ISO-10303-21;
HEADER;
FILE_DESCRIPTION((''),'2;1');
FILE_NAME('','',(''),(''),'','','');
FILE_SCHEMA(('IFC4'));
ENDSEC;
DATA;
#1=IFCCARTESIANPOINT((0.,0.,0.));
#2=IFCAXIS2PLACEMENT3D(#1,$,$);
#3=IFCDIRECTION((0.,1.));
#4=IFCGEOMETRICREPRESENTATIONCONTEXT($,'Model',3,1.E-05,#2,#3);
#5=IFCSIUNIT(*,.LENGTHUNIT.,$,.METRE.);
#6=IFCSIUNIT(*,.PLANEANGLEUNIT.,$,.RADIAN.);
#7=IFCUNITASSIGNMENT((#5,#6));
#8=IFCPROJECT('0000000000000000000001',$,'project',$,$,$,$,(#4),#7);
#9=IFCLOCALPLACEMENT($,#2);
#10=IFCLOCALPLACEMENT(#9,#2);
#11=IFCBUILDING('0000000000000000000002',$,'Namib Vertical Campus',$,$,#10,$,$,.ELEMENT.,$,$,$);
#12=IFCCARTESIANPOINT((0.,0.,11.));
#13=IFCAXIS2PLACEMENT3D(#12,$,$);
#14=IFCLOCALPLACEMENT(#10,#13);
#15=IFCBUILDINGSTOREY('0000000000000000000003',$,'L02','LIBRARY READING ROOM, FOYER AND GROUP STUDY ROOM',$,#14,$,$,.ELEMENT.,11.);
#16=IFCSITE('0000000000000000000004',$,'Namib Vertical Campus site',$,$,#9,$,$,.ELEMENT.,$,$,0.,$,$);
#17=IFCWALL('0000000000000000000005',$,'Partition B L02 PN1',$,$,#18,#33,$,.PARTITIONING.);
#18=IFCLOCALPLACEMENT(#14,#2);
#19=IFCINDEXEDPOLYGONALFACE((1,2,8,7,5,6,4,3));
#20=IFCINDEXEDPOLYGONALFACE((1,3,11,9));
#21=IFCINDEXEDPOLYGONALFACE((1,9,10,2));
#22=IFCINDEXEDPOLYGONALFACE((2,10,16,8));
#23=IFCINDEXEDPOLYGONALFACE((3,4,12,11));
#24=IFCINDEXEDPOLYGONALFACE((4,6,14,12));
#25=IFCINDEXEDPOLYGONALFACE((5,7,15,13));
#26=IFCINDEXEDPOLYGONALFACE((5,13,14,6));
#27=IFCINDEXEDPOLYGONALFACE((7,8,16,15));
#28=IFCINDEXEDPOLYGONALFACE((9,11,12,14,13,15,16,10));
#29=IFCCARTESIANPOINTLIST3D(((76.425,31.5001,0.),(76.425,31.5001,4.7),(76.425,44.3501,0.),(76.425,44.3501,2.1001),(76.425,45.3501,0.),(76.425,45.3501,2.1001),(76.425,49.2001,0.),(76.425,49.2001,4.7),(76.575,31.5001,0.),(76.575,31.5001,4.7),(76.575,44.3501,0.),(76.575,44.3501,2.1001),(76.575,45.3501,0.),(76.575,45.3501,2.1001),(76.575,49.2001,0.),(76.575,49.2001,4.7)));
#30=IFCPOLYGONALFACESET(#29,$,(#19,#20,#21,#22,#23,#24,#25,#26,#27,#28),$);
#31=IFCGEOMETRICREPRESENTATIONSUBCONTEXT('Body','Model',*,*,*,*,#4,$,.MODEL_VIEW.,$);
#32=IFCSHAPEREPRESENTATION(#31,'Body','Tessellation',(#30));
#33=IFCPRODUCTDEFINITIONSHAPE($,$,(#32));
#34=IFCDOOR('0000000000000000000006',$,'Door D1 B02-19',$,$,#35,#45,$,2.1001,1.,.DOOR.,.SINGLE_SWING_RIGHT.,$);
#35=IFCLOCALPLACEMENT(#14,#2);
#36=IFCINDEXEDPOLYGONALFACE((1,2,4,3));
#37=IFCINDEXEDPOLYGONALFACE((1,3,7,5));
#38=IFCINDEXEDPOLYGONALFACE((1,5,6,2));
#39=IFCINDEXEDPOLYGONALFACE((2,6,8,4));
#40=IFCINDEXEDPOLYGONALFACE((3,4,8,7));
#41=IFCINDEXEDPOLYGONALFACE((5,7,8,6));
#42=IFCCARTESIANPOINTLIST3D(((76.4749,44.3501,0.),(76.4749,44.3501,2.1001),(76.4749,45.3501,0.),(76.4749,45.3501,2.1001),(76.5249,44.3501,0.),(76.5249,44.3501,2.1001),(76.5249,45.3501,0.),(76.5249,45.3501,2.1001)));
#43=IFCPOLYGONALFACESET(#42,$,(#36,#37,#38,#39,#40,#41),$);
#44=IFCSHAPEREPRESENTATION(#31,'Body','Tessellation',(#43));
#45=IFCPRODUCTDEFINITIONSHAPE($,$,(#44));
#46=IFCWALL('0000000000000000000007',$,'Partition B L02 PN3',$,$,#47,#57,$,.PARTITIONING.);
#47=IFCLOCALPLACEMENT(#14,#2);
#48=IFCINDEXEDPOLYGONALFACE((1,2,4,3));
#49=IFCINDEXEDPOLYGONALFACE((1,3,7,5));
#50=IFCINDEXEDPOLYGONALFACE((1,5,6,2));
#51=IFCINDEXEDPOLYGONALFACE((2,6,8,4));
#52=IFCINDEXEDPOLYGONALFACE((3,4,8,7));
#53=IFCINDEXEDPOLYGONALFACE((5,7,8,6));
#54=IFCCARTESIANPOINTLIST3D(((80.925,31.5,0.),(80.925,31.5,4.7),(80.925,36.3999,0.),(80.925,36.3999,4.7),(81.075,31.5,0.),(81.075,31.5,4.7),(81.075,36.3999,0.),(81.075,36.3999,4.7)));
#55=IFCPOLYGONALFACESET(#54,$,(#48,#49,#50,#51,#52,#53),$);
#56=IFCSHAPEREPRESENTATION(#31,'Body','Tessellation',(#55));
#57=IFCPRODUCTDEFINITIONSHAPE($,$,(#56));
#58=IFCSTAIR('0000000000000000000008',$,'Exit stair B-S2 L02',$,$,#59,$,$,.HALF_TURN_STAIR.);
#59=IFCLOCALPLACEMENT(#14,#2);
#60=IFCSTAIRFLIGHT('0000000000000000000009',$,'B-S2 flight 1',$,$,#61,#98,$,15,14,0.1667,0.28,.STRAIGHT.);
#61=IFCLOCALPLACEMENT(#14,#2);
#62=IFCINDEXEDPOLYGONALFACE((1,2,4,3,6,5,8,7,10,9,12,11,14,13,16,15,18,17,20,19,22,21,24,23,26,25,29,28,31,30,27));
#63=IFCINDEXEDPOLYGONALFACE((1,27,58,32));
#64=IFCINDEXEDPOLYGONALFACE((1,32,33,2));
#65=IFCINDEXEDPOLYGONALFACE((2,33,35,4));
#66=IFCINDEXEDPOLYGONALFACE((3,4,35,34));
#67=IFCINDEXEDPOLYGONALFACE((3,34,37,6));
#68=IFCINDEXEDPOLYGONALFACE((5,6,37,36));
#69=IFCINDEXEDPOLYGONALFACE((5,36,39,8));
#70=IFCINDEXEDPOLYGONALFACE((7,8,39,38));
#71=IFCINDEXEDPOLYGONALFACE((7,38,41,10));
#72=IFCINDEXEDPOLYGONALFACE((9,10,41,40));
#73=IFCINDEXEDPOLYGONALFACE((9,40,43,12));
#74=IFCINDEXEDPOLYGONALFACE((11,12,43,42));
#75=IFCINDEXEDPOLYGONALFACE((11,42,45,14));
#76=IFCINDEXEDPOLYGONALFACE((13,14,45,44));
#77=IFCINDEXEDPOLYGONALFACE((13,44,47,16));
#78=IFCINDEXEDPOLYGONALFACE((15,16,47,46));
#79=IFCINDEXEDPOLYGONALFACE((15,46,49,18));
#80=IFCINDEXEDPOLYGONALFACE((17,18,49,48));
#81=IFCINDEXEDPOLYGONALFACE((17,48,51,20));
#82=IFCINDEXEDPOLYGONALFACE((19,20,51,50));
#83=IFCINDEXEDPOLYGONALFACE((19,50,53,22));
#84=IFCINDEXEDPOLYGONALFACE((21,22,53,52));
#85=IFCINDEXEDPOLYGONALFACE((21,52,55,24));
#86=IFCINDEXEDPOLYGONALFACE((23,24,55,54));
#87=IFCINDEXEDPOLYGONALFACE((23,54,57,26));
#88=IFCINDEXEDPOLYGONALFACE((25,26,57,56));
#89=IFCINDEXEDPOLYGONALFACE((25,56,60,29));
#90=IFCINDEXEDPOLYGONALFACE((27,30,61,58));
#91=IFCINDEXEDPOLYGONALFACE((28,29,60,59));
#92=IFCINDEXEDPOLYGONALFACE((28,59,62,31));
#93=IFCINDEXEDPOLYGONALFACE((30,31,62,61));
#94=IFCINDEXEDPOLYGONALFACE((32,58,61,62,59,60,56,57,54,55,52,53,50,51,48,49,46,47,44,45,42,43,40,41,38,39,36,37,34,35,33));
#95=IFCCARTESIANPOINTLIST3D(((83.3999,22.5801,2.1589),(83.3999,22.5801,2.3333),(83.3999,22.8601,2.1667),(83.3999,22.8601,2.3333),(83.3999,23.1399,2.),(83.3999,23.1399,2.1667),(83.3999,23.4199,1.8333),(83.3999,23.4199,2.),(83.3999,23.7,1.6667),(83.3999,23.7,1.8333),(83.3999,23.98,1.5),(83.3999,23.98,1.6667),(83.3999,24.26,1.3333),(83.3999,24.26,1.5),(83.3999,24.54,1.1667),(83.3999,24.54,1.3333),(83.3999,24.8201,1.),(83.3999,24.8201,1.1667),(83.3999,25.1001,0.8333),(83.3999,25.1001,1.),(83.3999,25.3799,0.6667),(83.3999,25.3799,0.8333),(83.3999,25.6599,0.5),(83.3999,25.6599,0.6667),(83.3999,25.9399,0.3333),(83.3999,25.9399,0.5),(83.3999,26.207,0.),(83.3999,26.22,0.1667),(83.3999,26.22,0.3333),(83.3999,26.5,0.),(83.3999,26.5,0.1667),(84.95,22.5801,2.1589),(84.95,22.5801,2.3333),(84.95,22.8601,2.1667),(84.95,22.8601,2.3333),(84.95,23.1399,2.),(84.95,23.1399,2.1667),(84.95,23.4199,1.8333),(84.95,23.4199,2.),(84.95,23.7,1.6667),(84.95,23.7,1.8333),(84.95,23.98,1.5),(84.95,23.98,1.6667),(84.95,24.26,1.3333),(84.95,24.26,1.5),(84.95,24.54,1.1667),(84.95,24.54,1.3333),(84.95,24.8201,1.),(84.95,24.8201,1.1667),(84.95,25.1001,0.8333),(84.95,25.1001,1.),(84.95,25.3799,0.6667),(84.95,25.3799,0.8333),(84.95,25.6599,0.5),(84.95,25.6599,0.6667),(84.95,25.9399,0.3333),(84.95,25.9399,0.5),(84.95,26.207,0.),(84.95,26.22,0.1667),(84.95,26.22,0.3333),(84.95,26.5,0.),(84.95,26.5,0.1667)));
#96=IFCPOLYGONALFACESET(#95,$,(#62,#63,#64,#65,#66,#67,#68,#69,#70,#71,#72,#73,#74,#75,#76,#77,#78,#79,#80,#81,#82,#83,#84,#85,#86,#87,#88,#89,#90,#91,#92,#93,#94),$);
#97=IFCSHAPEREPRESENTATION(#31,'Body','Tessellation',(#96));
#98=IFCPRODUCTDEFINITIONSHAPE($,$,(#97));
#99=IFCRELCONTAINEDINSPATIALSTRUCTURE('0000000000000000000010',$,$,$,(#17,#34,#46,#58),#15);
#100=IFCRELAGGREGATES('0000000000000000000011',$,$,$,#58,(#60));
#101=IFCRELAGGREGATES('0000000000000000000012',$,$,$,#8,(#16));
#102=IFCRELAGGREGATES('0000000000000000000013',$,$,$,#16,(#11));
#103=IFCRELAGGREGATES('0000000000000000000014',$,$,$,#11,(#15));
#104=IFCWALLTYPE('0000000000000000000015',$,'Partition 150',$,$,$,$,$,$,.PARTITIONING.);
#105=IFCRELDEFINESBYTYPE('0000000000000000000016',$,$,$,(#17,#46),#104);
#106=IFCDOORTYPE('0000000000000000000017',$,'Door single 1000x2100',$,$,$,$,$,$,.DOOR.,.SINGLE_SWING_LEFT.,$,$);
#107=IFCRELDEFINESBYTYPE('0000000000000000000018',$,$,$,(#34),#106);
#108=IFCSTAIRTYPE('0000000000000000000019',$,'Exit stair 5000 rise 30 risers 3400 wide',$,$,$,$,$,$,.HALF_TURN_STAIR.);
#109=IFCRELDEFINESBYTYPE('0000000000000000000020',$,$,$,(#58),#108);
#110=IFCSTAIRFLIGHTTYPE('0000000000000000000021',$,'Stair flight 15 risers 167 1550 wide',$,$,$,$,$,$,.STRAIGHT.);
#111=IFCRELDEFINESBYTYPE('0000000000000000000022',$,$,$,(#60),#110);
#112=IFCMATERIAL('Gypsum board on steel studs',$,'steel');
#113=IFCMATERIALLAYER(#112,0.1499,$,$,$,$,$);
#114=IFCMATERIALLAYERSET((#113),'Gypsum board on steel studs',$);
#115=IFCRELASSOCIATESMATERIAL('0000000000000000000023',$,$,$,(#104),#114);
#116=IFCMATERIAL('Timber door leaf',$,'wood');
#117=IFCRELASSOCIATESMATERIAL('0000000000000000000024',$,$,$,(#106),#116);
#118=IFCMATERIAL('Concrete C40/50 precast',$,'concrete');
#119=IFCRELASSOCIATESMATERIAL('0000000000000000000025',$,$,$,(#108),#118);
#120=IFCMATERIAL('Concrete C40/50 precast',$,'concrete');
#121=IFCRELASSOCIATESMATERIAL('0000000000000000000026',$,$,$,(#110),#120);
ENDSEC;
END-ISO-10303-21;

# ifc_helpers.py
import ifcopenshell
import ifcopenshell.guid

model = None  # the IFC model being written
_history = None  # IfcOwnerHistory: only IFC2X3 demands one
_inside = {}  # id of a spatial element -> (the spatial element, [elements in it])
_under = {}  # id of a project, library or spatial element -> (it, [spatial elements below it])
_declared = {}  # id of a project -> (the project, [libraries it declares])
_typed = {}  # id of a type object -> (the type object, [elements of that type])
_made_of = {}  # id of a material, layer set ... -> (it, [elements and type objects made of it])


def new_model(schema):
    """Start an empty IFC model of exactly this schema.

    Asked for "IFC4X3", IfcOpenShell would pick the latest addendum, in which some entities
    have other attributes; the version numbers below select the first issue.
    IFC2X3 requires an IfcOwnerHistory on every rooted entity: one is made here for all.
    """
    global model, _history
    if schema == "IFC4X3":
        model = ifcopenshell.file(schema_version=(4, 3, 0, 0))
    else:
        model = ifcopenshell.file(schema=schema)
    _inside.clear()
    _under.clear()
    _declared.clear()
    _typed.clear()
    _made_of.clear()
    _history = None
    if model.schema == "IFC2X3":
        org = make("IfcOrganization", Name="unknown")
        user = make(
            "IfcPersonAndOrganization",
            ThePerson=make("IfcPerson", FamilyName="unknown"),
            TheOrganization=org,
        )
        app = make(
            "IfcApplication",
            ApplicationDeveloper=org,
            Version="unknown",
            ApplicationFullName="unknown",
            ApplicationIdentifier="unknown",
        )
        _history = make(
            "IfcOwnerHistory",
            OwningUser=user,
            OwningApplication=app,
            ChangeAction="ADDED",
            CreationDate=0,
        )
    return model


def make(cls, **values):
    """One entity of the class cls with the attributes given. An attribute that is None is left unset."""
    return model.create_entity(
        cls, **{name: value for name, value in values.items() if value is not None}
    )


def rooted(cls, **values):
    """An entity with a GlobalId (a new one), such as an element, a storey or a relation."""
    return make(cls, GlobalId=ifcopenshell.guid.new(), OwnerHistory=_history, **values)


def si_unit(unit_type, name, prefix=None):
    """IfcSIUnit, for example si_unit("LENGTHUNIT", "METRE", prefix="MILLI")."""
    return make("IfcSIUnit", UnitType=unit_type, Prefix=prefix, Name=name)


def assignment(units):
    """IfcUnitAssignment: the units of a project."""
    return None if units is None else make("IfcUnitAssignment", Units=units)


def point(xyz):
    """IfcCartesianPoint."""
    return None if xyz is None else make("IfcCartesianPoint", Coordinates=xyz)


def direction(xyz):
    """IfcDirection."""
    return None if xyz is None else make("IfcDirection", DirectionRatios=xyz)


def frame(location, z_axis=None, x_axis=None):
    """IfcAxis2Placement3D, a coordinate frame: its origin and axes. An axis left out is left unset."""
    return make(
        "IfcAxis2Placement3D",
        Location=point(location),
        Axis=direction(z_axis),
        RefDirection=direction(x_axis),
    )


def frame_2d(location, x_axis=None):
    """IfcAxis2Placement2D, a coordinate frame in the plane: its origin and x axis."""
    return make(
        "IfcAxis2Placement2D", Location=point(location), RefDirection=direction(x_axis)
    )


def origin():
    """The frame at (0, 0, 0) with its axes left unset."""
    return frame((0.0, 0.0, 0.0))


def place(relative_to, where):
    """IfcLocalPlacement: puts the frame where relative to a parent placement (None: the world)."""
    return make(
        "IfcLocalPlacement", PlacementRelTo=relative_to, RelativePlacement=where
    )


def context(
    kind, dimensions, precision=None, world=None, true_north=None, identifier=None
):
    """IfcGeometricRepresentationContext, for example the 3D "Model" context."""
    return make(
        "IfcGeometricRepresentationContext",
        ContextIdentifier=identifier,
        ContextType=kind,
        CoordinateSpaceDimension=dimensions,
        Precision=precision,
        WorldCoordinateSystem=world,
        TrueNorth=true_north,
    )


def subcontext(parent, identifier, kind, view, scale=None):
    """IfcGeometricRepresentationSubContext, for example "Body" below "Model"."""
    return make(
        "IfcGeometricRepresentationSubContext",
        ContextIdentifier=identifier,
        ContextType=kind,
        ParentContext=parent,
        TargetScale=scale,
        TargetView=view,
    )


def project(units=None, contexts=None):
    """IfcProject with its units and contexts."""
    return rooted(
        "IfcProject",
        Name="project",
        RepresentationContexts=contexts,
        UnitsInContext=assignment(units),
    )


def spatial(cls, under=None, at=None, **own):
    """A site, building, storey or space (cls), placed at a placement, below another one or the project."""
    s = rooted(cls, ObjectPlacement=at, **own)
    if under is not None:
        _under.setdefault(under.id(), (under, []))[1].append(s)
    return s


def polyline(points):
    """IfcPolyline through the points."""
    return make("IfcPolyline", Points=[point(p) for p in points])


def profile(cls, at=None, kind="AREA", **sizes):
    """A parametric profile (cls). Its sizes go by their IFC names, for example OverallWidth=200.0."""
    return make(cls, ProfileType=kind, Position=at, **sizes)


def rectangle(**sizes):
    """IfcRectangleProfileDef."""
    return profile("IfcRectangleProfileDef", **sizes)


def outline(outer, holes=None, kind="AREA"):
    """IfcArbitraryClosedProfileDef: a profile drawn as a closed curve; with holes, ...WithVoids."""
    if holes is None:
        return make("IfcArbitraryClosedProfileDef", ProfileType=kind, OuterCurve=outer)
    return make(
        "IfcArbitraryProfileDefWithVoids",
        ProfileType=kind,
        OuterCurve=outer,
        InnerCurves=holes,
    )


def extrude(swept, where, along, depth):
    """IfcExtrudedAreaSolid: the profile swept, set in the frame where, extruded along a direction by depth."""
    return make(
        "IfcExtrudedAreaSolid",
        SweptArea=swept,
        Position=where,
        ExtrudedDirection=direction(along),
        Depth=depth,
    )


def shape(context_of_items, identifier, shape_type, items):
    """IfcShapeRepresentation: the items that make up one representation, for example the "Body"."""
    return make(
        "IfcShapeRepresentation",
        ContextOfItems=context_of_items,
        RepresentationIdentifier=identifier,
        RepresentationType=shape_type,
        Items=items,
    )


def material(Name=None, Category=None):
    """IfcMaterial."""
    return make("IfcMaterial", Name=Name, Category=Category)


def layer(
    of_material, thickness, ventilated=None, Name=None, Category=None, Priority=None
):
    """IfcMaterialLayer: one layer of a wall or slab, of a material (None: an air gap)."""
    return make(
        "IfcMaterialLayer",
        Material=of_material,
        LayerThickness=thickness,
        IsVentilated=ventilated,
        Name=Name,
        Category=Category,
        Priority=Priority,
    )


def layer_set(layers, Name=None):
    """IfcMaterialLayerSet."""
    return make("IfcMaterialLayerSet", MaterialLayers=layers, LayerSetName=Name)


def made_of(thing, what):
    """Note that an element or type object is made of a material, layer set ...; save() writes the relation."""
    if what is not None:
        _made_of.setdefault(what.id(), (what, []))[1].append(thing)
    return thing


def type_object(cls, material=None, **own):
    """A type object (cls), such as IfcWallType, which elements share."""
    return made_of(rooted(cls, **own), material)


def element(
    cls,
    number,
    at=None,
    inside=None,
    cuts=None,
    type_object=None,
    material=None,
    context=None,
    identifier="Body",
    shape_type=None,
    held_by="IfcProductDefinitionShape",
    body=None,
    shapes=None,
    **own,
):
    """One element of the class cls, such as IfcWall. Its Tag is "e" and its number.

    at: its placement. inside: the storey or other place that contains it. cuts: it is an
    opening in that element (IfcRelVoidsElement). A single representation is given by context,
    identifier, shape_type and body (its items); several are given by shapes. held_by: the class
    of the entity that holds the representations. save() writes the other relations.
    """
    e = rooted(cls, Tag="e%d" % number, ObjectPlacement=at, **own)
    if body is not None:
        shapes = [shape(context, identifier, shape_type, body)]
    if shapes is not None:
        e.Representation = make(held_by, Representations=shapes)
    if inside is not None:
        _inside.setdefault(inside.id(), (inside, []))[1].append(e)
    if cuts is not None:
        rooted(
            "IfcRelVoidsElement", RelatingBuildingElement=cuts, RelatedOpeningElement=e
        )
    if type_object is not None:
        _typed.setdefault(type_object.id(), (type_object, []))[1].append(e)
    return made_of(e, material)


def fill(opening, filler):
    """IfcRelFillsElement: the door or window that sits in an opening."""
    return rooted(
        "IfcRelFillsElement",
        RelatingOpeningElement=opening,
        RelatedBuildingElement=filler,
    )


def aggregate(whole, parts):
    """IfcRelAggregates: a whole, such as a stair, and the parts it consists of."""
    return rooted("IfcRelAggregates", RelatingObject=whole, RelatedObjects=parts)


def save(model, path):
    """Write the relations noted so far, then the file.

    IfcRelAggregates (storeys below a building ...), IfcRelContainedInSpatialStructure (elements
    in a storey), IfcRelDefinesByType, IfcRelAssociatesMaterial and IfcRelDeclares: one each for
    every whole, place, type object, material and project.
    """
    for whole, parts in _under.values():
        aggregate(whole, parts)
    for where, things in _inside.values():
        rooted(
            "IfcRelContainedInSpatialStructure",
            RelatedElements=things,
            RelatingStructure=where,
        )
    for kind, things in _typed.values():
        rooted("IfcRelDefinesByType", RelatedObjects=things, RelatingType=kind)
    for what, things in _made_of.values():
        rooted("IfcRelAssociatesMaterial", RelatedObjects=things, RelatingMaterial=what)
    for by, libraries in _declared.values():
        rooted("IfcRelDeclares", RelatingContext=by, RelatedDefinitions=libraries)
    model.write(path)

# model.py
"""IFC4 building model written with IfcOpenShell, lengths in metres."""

from ifc_helpers import new_model, si_unit, direction, frame, frame_2d, origin, place, context, subcontext, project, spatial, polyline, rectangle, outline, extrude, material, layer, layer_set, type_object, element, fill, aggregate, save


model = new_model("IFC4")

# Units and contexts
model_context = context("Model", 3, precision=1e-05, world=origin(), true_north=direction((0.0, 1.0)))
body_context = subcontext(model_context, "Body", "Model", "MODEL_VIEW")
ifc_project = project(units=[si_unit("LENGTHUNIT", "METRE"), si_unit("PLANEANGLEUNIT", "RADIAN")], contexts=[model_context])

# Site, building, storey
site_placement = place(None, origin())
site = spatial("IfcSite", under=ifc_project, at=site_placement, Name="Namib Vertical Campus site", CompositionType="ELEMENT", RefElevation=0.0)
building_placement = place(site_placement, origin())
building = spatial("IfcBuilding", under=site, at=building_placement, Name="Namib Vertical Campus", CompositionType="ELEMENT")
storey_placement = place(building_placement, frame((0.0, 0.0, 11.0)))
storey = spatial("IfcBuildingStorey", under=building, at=storey_placement, Name="L02", Description="LIBRARY READING ROOM, FOYER AND GROUP STUDY ROOM", CompositionType="ELEMENT", Elevation=11.0)

# Wall, opening, door
ifc_material_1 = material(Name="Gypsum board on steel studs", Category="steel")
ifc_layer_1 = layer(ifc_material_1, 0.1499)
ifc_layer_set_1 = layer_set([ifc_layer_1], Name="Gypsum board on steel studs")
wall_type_1 = type_object("IfcWallType", Name="Partition 150", PredefinedType="PARTITIONING", material=ifc_layer_set_1)
wall_1_placement = place(storey_placement, frame((76.5, 31.5, 0.0), z_axis=(0.0, 0.0, 1.0), x_axis=(0.0, 1.0, 0.0)))
wall_1 = element("IfcWall", 1, at=wall_1_placement, inside=storey, type_object=wall_type_1, Name="Partition B L02 PN1", PredefinedType="PARTITIONING", context=body_context, shape_type="SweptSolid", body=[
    extrude(rectangle(XDim=17.7, YDim=0.1499, at=frame_2d((8.8501, 0.0))), origin(), (0.0, 0.0, 1.0), 4.7),
])
opening_placement = place(wall_1_placement, frame((12.8501, 0.0, 0.0)))
opening = element("IfcOpeningElement", 2, at=opening_placement, cuts=wall_1, PredefinedType="OPENING", context=body_context, shape_type="SweptSolid", body=[
    extrude(rectangle(XDim=1.0, YDim=2.1001, at=frame_2d((0.5, 1.05))), frame((0.0, 0.085, 0.0), z_axis=(0.0, -1.0, 0.0), x_axis=(1.0, 0.0, 0.0)), (0.0, 0.0, 1.0), 0.1699),
])
ifc_material_2 = material(Name="Timber door leaf", Category="wood")
door_type = type_object("IfcDoorType", Name="Door single 1000x2100", OperationType="SINGLE_SWING_LEFT", PredefinedType="DOOR", material=ifc_material_2)
door_placement = place(opening_placement, frame((1.0, 0.0, 0.0), z_axis=(0.0, 0.0, 1.0), x_axis=(-1.0, 0.0, 0.0)))
door = element("IfcDoor", 3, at=door_placement, inside=storey, type_object=door_type, Name="Door D1 B02-19", OperationType="SINGLE_SWING_RIGHT", OverallHeight=2.1001, OverallWidth=1.0, PredefinedType="DOOR", context=body_context, shape_type="SweptSolid", body=[
    extrude(rectangle(XDim=1.0, YDim=2.1001, at=frame_2d((0.5, 1.05))), frame((0.0, 0.0249, 0.0), z_axis=(0.0, -1.0, 0.0), x_axis=(1.0, 0.0, 0.0)), (0.0, 0.0, 1.0), 0.05),
])
fill(opening, door)

# Wall
wall_2_placement = place(storey_placement, frame((81.0, 31.5, 0.0), z_axis=(0.0, 0.0, 1.0), x_axis=(0.0, 1.0, 0.0)))
element("IfcWall", 4, at=wall_2_placement, inside=storey, type_object=wall_type_1, Name="Partition B L02 PN3", PredefinedType="PARTITIONING", context=body_context, shape_type="SweptSolid", body=[
    extrude(rectangle(XDim=4.8999, YDim=0.1499, at=frame_2d((2.45, 0.0))), origin(), (0.0, 0.0, 1.0), 4.7),
])

# Stair, stair flight
ifc_material_3 = material(Name="Concrete C40/50 precast", Category="concrete")
stair_type = type_object("IfcStairType", Name="Exit stair 5000 rise 30 risers 3400 wide", PredefinedType="HALF_TURN_STAIR", material=ifc_material_3)
stair_placement = place(storey_placement, origin())
stair = element("IfcStair", 5, at=stair_placement, inside=storey, type_object=stair_type, Name="Exit stair B-S2 L02", PredefinedType="HALF_TURN_STAIR")
ifc_material_4 = material(Name="Concrete C40/50 precast", Category="concrete")
stair_flight_type = type_object("IfcStairFlightType", Name="Stair flight 15 risers 167 1550 wide", PredefinedType="STRAIGHT", material=ifc_material_4)
stair_flight_placement = place(storey_placement, frame((84.175, 26.5, 0.0), z_axis=(0.0, 0.0, 1.0), x_axis=(0.0, -1.0, 0.0)))
stair_flight = element("IfcStairFlight", 6, at=stair_flight_placement, type_object=stair_flight_type, Name="B-S2 flight 1", NumberOfRisers=15, NumberOfTreads=14, PredefinedType="STRAIGHT", RiserHeight=0.1667, TreadLength=0.28, context=body_context, shape_type="SweptSolid", body=[
    extrude(outline(polyline([(0.0, 0.0), (0.0, 0.1667), (0.28, 0.1667), (0.28, 0.3333), (0.5601, 0.3333), (0.5601, 0.5), (0.8401, 0.5), (0.8401, 0.6667), (1.1201, 0.6667), (1.1201, 0.8333), (1.3999, 0.8333), (1.3999, 1.0), (1.6799, 1.0), (1.6799, 1.1667), (1.96, 1.1667), (1.96, 1.3333), (2.24, 1.3333), (2.24, 1.5), (2.52, 1.5), (2.52, 1.6667), (2.8, 1.6667), (2.8, 1.8333), (3.0801, 1.8333), (3.0801, 2.0), (3.3601, 2.0), (3.3601, 2.1667), (3.6399, 2.1667), (3.6399, 2.3333), (3.9199, 2.3333), (3.9199, 2.5), (3.9199, 2.1589), (0.293, 0.0), (0.0, 0.0)])), frame((0.0, 0.7749, 0.0), z_axis=(0.0, -1.0, 0.0), x_axis=(1.0, 0.0, 0.0)), (0.0, 0.0, 1.0), 1.55),
])
aggregate(stair, [stair_flight])

save(model, "model.ifc")
